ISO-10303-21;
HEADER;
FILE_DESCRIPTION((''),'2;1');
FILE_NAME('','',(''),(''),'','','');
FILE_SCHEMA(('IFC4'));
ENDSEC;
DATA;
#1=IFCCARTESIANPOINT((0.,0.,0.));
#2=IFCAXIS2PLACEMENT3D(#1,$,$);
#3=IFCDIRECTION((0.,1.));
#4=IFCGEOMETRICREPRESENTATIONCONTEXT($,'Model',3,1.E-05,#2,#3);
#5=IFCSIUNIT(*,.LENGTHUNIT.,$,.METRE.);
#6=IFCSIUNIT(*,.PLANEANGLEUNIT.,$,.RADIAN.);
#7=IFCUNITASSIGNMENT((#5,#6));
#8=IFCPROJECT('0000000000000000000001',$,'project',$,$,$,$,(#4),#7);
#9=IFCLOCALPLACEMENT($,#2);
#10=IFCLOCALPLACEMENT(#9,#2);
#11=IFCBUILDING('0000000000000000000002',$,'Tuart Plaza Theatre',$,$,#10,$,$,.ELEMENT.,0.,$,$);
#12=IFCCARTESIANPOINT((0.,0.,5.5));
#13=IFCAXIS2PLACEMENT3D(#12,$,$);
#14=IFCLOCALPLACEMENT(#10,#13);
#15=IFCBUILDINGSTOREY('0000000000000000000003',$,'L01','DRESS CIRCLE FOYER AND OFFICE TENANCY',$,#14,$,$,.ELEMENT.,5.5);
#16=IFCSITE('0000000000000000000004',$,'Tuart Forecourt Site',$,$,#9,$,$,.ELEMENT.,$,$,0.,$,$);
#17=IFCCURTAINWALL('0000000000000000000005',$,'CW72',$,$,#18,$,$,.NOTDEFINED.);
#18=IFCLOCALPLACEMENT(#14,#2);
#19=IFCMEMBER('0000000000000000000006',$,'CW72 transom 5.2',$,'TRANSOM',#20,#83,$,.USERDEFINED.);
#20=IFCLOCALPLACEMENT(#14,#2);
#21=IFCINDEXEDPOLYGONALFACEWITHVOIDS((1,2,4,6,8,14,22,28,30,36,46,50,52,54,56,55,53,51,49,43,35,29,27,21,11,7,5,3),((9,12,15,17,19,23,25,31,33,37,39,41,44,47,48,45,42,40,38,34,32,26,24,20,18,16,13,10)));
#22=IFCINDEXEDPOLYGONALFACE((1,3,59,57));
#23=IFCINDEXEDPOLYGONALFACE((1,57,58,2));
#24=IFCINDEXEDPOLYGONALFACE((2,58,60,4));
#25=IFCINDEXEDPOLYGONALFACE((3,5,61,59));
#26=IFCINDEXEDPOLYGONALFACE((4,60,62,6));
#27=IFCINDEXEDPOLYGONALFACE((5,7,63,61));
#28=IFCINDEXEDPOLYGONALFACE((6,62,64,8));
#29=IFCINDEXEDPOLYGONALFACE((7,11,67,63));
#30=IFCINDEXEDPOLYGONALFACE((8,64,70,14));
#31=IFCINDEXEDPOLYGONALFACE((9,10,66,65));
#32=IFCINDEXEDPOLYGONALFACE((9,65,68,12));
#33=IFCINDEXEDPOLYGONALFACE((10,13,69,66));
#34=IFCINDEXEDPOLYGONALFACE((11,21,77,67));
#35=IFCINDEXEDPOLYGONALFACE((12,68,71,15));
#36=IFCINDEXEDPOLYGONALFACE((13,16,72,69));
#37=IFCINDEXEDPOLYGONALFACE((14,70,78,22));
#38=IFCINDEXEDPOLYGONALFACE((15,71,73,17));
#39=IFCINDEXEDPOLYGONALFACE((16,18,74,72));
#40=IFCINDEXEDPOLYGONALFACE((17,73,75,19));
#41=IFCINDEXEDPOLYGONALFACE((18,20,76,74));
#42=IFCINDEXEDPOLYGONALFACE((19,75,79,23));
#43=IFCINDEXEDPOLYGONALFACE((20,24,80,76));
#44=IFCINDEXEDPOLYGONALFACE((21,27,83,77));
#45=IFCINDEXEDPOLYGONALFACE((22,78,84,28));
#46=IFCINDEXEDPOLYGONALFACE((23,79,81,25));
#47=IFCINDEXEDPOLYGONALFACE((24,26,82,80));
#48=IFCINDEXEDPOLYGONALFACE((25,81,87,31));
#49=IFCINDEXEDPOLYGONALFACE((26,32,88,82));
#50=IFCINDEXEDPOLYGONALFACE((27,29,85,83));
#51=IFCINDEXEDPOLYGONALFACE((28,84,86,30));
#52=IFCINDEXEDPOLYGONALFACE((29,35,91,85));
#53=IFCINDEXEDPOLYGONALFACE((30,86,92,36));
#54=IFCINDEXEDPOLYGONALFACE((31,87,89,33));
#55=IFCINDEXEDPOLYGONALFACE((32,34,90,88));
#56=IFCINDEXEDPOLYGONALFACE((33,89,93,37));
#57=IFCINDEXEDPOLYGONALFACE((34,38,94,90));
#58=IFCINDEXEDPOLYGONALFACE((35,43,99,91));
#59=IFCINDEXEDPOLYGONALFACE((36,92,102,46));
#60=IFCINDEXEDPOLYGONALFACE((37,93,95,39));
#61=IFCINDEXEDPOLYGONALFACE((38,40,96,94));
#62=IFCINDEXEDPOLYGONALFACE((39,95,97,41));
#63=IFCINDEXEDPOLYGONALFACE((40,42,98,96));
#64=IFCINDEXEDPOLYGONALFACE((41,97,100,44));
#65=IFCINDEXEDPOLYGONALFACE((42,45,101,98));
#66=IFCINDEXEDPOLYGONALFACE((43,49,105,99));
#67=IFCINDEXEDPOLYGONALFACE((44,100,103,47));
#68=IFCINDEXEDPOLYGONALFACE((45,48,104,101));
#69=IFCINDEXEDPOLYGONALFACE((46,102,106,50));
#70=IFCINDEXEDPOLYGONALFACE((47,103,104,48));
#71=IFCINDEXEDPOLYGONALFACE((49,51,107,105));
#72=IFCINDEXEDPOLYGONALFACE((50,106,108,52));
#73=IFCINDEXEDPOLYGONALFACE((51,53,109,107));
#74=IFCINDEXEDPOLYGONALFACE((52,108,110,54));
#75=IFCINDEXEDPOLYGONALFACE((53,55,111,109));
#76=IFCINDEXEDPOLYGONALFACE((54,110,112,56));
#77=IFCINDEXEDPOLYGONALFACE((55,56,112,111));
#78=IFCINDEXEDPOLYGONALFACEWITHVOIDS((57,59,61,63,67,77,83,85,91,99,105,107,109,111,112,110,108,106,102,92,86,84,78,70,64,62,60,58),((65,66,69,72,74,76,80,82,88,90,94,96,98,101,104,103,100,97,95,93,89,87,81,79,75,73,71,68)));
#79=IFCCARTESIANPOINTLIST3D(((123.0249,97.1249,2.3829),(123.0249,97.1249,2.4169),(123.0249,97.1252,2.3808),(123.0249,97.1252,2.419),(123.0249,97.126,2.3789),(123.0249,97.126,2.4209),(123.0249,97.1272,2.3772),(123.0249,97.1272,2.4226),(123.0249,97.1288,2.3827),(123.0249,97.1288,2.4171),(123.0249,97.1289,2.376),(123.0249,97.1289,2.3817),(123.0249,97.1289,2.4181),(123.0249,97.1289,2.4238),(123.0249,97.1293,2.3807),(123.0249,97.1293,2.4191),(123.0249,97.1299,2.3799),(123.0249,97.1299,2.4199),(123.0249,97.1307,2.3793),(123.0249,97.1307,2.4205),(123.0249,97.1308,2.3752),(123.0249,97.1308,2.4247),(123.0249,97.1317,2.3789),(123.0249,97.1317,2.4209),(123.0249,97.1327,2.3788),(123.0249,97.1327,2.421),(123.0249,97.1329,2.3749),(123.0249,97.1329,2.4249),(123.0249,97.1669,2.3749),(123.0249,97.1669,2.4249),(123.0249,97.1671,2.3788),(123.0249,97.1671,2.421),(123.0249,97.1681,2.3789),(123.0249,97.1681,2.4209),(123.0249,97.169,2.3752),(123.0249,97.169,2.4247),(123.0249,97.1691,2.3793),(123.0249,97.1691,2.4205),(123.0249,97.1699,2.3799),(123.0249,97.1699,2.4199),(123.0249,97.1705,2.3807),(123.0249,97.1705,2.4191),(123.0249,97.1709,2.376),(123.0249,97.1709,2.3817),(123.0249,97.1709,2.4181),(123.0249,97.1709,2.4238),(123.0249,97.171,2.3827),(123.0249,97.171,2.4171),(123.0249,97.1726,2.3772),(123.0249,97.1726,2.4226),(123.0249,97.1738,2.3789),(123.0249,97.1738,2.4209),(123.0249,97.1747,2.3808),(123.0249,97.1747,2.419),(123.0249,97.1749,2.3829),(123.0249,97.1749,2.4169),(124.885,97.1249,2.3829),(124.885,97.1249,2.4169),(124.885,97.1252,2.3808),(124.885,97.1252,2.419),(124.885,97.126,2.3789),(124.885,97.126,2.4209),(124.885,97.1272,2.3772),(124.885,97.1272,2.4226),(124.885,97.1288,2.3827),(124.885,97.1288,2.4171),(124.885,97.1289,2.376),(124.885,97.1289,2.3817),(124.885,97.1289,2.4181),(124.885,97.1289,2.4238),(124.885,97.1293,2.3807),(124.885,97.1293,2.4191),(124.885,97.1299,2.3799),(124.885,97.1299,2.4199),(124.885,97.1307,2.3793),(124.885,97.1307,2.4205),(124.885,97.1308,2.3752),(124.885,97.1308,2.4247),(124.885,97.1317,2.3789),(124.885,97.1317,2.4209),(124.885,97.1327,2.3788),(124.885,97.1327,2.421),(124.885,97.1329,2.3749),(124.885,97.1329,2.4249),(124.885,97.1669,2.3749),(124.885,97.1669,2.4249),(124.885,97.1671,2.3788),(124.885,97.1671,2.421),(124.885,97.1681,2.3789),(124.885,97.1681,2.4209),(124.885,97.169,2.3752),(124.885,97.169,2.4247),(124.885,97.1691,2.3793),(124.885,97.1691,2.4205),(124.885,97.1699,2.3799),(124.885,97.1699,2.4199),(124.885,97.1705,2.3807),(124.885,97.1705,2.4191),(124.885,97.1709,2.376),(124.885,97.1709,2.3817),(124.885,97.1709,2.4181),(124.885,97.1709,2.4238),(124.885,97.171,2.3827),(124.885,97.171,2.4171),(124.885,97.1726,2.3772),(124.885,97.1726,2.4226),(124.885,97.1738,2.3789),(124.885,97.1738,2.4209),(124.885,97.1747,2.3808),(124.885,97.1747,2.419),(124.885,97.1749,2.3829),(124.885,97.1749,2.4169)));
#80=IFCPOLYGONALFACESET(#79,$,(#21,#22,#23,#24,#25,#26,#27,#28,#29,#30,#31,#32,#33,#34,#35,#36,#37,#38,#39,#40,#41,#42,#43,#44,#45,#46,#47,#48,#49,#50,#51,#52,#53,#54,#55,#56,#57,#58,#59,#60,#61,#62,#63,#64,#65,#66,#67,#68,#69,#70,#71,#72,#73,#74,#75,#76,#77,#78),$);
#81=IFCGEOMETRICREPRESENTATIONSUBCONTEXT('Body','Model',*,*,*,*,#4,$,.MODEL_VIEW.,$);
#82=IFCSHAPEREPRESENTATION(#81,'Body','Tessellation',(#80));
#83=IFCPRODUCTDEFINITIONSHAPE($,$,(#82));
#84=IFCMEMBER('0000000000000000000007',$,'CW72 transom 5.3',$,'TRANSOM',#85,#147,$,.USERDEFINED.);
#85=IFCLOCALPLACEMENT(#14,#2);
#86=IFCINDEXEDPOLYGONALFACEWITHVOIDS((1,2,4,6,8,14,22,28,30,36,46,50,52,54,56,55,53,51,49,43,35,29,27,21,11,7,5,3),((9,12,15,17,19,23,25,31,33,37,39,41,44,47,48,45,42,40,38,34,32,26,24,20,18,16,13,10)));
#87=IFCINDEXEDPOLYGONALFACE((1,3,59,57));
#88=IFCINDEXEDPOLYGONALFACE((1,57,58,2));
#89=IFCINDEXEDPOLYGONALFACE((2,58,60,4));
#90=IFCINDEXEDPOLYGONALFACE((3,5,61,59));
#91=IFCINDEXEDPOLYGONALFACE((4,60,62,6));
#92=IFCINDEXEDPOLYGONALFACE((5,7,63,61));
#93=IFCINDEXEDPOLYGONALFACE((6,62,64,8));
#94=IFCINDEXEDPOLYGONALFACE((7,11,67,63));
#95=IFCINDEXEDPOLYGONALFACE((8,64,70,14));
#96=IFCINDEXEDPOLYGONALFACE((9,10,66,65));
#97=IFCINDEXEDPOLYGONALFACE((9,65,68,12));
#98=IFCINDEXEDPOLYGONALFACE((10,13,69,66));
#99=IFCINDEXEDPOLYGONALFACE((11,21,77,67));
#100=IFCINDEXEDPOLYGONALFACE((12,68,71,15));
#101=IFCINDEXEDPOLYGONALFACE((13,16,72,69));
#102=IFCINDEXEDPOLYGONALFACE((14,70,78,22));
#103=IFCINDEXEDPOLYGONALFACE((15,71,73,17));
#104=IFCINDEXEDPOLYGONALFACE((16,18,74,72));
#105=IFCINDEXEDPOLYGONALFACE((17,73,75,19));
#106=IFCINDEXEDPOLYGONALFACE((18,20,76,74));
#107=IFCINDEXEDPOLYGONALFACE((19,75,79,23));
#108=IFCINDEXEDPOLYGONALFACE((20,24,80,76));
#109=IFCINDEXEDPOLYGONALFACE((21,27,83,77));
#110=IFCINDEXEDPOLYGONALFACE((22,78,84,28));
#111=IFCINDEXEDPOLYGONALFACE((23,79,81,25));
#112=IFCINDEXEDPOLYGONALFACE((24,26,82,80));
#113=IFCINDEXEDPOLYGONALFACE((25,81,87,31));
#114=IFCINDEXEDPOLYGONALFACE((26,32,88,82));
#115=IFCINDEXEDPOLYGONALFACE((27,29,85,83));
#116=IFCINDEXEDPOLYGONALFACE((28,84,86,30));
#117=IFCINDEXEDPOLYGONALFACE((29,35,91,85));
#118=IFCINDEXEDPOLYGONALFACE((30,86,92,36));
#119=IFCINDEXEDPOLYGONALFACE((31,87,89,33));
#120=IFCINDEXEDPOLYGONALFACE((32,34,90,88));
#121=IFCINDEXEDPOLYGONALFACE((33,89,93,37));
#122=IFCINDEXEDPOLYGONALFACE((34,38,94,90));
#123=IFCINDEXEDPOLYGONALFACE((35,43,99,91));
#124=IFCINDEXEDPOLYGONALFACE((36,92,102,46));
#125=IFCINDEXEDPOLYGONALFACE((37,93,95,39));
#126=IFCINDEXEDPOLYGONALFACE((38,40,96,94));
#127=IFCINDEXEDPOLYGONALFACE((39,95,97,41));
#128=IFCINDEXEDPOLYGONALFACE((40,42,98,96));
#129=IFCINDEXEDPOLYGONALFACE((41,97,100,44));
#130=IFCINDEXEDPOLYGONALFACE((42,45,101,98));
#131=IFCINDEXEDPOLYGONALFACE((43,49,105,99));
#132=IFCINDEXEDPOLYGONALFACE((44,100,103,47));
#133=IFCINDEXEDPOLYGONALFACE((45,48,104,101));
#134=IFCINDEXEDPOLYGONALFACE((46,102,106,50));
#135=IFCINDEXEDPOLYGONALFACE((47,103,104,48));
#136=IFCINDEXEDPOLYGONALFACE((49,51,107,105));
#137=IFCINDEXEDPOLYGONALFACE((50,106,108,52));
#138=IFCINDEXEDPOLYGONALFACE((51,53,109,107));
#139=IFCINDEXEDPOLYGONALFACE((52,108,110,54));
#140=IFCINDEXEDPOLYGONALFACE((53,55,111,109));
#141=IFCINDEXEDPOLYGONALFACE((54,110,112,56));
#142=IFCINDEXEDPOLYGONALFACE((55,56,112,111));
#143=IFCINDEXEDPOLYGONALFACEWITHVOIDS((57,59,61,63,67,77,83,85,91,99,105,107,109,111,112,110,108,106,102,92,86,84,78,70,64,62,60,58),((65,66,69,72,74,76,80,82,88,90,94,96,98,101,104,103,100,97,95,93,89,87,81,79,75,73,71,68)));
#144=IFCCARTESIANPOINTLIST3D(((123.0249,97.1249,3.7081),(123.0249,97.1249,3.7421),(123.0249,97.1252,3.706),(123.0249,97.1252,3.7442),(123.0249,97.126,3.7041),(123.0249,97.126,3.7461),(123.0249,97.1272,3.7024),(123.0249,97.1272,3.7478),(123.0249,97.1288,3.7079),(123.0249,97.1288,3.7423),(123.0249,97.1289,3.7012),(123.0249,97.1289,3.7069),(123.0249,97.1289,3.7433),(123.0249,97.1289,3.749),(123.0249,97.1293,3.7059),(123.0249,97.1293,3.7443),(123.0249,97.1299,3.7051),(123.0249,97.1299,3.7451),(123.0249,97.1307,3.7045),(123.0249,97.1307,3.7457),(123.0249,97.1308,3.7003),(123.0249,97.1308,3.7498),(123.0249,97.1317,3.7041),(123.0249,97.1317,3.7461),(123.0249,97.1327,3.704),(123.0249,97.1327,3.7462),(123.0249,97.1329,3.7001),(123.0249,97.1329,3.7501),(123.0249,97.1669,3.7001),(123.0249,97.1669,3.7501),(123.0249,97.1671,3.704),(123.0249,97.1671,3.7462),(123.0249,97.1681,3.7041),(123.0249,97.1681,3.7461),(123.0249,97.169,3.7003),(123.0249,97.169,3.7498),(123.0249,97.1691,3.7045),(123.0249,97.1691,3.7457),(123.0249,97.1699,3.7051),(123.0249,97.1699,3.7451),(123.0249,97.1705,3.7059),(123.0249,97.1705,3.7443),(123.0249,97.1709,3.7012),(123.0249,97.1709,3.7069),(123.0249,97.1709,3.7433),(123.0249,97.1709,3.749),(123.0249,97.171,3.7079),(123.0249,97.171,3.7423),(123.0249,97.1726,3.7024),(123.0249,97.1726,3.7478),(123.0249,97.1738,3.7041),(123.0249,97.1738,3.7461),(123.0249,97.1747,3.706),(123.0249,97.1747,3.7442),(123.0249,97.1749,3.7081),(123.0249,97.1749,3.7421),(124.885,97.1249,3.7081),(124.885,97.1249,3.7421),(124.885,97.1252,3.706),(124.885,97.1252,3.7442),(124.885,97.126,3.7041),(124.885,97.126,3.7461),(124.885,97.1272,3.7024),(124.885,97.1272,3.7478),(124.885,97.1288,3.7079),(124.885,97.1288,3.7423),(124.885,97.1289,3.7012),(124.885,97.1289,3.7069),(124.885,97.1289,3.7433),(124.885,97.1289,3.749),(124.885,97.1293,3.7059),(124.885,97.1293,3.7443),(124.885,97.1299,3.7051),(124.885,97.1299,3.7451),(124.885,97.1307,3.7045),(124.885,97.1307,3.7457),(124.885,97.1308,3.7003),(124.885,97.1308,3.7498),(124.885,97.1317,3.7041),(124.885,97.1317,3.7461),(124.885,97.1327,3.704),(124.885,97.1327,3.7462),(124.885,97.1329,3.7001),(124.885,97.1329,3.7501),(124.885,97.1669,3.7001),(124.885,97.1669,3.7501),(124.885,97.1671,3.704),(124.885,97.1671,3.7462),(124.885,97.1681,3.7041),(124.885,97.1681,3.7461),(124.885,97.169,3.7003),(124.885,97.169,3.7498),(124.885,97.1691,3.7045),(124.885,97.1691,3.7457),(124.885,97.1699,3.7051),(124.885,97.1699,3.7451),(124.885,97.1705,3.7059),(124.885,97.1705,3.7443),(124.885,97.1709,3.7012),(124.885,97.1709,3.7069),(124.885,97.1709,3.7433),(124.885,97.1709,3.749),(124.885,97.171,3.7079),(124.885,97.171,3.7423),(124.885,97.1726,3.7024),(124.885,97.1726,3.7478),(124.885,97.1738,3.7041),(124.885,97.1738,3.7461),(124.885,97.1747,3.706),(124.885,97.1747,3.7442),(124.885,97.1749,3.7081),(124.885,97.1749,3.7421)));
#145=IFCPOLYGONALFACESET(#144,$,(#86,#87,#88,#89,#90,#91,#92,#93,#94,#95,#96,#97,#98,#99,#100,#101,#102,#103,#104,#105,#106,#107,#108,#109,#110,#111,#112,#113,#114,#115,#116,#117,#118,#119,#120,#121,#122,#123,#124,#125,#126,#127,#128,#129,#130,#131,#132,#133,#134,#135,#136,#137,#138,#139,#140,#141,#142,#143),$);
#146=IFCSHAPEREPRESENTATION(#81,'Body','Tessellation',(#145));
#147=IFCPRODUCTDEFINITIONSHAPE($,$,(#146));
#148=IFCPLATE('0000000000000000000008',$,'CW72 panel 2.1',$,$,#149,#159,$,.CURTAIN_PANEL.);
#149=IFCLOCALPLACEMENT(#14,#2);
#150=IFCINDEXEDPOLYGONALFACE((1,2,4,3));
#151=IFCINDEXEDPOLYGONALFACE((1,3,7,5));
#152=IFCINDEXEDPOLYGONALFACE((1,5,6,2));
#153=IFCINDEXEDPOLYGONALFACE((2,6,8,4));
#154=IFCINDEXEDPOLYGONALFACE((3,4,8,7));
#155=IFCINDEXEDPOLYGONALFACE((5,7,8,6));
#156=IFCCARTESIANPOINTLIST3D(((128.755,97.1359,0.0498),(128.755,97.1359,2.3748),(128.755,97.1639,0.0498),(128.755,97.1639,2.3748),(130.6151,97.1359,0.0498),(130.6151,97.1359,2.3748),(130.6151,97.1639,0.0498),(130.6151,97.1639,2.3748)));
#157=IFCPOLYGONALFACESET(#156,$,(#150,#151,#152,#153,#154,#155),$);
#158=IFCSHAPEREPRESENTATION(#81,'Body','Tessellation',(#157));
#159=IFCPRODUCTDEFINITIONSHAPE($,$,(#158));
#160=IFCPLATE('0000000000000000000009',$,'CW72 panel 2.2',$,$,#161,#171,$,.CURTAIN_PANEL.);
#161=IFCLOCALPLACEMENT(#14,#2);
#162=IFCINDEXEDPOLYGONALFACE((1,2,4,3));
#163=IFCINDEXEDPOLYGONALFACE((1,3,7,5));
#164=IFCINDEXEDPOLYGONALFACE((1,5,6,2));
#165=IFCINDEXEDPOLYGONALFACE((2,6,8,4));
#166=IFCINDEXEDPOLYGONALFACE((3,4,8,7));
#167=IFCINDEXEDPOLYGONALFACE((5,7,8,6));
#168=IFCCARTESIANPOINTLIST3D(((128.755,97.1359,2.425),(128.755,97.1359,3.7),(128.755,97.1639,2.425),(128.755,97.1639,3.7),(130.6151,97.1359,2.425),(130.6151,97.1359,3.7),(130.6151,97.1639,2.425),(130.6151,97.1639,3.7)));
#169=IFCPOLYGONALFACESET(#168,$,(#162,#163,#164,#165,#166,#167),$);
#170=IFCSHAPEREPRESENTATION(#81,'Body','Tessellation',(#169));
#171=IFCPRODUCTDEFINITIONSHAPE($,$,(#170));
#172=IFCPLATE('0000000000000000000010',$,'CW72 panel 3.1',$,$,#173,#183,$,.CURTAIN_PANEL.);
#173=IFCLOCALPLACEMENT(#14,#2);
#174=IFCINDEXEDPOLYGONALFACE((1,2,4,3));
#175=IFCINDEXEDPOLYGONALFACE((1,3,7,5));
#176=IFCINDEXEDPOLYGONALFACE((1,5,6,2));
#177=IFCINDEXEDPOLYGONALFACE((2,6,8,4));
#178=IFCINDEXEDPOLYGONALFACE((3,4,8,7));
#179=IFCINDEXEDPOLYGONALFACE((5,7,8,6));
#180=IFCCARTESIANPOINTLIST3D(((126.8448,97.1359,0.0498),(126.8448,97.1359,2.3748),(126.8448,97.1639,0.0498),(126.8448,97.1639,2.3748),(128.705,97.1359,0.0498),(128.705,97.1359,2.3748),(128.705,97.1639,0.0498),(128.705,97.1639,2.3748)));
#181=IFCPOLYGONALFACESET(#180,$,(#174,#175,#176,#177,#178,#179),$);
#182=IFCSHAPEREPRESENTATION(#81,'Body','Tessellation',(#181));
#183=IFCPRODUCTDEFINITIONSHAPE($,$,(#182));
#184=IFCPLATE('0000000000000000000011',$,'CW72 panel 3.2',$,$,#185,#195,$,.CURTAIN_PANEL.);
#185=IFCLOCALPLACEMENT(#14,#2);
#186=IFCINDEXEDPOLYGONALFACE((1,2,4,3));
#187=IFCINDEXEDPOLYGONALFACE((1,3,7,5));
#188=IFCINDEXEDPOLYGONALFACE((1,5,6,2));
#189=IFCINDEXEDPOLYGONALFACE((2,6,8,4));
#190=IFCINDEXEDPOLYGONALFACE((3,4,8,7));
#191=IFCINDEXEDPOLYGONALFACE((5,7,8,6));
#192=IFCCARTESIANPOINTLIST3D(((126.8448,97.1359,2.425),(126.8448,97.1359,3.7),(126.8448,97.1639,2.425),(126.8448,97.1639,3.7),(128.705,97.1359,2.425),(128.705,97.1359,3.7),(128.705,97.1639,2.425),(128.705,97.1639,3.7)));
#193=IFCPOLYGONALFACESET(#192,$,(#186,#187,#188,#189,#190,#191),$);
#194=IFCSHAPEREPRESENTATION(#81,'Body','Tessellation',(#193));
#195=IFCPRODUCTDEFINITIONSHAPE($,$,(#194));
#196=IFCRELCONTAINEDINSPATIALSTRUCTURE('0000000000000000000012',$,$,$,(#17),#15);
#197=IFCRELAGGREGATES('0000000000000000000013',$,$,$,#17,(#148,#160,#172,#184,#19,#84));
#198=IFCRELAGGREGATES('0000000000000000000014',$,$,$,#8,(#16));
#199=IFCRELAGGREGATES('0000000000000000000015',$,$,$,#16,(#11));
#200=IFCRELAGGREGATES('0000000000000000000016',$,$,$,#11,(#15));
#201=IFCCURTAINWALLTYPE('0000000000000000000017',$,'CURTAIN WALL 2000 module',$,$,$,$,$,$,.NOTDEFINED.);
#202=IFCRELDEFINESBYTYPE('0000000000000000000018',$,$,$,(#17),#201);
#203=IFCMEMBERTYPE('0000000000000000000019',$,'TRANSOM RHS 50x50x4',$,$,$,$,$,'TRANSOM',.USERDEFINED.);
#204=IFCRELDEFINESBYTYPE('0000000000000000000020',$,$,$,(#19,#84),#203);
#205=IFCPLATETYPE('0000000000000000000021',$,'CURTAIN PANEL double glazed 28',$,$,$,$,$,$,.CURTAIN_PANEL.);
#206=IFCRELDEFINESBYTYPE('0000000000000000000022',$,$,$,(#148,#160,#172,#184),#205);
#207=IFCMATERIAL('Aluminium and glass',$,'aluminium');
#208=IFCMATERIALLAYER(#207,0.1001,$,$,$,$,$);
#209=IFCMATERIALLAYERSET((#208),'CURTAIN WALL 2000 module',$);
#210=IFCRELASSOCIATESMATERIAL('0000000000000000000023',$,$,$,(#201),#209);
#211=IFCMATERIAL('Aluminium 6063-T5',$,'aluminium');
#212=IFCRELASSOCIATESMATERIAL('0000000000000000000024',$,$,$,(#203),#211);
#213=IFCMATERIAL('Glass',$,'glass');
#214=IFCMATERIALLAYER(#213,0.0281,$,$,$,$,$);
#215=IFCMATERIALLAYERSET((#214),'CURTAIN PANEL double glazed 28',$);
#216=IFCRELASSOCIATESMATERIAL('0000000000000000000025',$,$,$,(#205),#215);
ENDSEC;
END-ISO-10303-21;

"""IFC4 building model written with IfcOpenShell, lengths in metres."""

from ifc_helpers import new_model, si_unit, direction, frame, origin, origin_2d, place, context, subcontext, project, spatial, rectangle, hollow_rectangle, extrude, material, layer, layer_set, material_profile, profile_set, type_object, element, aggregate, save


model = new_model("IFC4")

# Units and contexts
model_context = context("Model", 3, precision=1e-05, world=origin(), true_north=direction((0.0, 1.0)))
body_context = subcontext(model_context, "Body", "Model", "MODEL_VIEW")
ifc_project = project(units=[si_unit("LENGTHUNIT", "METRE"), si_unit("PLANEANGLEUNIT", "RADIAN")], contexts=[model_context])

# Site, building, storey
site_placement = place(None, origin())
site = spatial("IfcSite", under=ifc_project, at=site_placement, Name="Tuart Forecourt Site", CompositionType="ELEMENT", RefElevation=0.0)
building_placement = place(site_placement, origin())
building = spatial("IfcBuilding", under=site, at=building_placement, Name="Tuart Plaza Theatre", CompositionType="ELEMENT", ElevationOfRefHeight=0.0)
storey_placement = place(building_placement, frame((0.0, 0.0, 5.5)))
storey = spatial("IfcBuildingStorey", under=building, at=storey_placement, Name="L01", Description="DRESS CIRCLE FOYER AND OFFICE TENANCY", CompositionType="ELEMENT", Elevation=5.5)

# Curtain wall, members, plates
ifc_material_1 = material(Name="Aluminium and glass", Category="aluminium")
ifc_layer_1 = layer(ifc_material_1, 0.1001)
ifc_layer_set_1 = layer_set([ifc_layer_1], Name="CURTAIN WALL 2000 module")
curtain_wall_type = type_object("IfcCurtainWallType", Name="CURTAIN WALL 2000 module", PredefinedType="NOTDEFINED", material=ifc_layer_set_1)
curtain_wall_placement = place(storey_placement, origin())
curtain_wall = element("IfcCurtainWall", 1, at=curtain_wall_placement, inside=storey, type_object=curtain_wall_type, Name="CW72", PredefinedType="NOTDEFINED")
ifc_material_2 = material(Name="Aluminium 6063-T5", Category="aluminium")
ifc_material_profile_1 = material_profile(ifc_material_2, hollow_rectangle(XDim=0.05, YDim=0.05, WallThickness=0.0039, InnerFilletRadius=0.0039, OuterFilletRadius=0.0081, at=origin_2d()), Name="RHS 50x50x4")
ifc_profile_set_1 = profile_set([ifc_material_profile_1], Name="Aluminium 6063-T5")
member_type_1 = type_object("IfcMemberType", Name="TRANSOM RHS 50x50x4", ElementType="TRANSOM", PredefinedType="USERDEFINED", material=ifc_profile_set_1)
member_1_placement = place(storey_placement, frame((124.885, 97.1499, 2.3999), z_axis=(-1.0, 0.0, 0.0), x_axis=(0.0, -1.0, 0.0)))
member_1 = element("IfcMember", 2, at=member_1_placement, type_object=member_type_1, Name="CW72 transom 5.2", ObjectType="TRANSOM", PredefinedType="USERDEFINED", context=body_context, shape_type="SweptSolid", body=[
    extrude(hollow_rectangle(XDim=0.05, YDim=0.05, WallThickness=0.0039, InnerFilletRadius=0.0039, OuterFilletRadius=0.0081, at=origin_2d()), origin(), (0.0, 0.0, 1.0), 1.8601),
])
member_2_placement = place(storey_placement, frame((124.885, 97.1499, 3.7251), z_axis=(-1.0, 0.0, 0.0), x_axis=(0.0, -1.0, 0.0)))
member_2 = element("IfcMember", 3, at=member_2_placement, type_object=member_type_1, Name="CW72 transom 5.3", ObjectType="TRANSOM", PredefinedType="USERDEFINED", context=body_context, shape_type="SweptSolid", body=[
    extrude(hollow_rectangle(XDim=0.05, YDim=0.05, WallThickness=0.0039, InnerFilletRadius=0.0039, OuterFilletRadius=0.0081, at=origin_2d()), origin(), (0.0, 0.0, 1.0), 1.8601),
])
ifc_material_3 = material(Name="Glass", Category="glass")
ifc_layer_2 = layer(ifc_material_3, 0.0281)
ifc_layer_set_2 = layer_set([ifc_layer_2], Name="CURTAIN PANEL double glazed 28")
plate_type = type_object("IfcPlateType", Name="CURTAIN PANEL double glazed 28", PredefinedType="CURTAIN_PANEL", material=ifc_layer_set_2)
plate_1_placement = place(storey_placement, frame((129.6851, 97.1499, 0.0498), z_axis=(0.0, 0.0, 1.0), x_axis=(-1.0, 0.0, 0.0)))
plate_1 = element("IfcPlate", 4, at=plate_1_placement, type_object=plate_type, Name="CW72 panel 2.1", PredefinedType="CURTAIN_PANEL", context=body_context, shape_type="SweptSolid", body=[
    extrude(rectangle(XDim=1.8601, YDim=0.0281, at=origin_2d()), origin(), (0.0, 0.0, 1.0), 2.325),
])
plate_2_placement = place(storey_placement, frame((129.6851, 97.1499, 2.425), z_axis=(0.0, 0.0, 1.0), x_axis=(-1.0, 0.0, 0.0)))
plate_2 = element("IfcPlate", 5, at=plate_2_placement, type_object=plate_type, Name="CW72 panel 2.2", PredefinedType="CURTAIN_PANEL", context=body_context, shape_type="SweptSolid", body=[
    extrude(rectangle(XDim=1.8601, YDim=0.0281, at=origin_2d()), origin(), (0.0, 0.0, 1.0), 1.2749),
])
plate_3_placement = place(storey_placement, frame((127.7749, 97.1499, 0.0498), z_axis=(0.0, 0.0, 1.0), x_axis=(-1.0, 0.0, 0.0)))
plate_3 = element("IfcPlate", 6, at=plate_3_placement, type_object=plate_type, Name="CW72 panel 3.1", PredefinedType="CURTAIN_PANEL", context=body_context, shape_type="SweptSolid", body=[
    extrude(rectangle(XDim=1.8601, YDim=0.0281, at=origin_2d()), origin(), (0.0, 0.0, 1.0), 2.325),
])
plate_4_placement = place(storey_placement, frame((127.7749, 97.1499, 2.425), z_axis=(0.0, 0.0, 1.0), x_axis=(-1.0, 0.0, 0.0)))
plate_4 = element("IfcPlate", 7, at=plate_4_placement, type_object=plate_type, Name="CW72 panel 3.2", PredefinedType="CURTAIN_PANEL", context=body_context, shape_type="SweptSolid", body=[
    extrude(rectangle(XDim=1.8601, YDim=0.0281, at=origin_2d()), origin(), (0.0, 0.0, 1.0), 1.2749),
])
aggregate(curtain_wall, [plate_1, plate_2, plate_3, plate_4, member_1, member_2])

save(model, "model.ifc")
